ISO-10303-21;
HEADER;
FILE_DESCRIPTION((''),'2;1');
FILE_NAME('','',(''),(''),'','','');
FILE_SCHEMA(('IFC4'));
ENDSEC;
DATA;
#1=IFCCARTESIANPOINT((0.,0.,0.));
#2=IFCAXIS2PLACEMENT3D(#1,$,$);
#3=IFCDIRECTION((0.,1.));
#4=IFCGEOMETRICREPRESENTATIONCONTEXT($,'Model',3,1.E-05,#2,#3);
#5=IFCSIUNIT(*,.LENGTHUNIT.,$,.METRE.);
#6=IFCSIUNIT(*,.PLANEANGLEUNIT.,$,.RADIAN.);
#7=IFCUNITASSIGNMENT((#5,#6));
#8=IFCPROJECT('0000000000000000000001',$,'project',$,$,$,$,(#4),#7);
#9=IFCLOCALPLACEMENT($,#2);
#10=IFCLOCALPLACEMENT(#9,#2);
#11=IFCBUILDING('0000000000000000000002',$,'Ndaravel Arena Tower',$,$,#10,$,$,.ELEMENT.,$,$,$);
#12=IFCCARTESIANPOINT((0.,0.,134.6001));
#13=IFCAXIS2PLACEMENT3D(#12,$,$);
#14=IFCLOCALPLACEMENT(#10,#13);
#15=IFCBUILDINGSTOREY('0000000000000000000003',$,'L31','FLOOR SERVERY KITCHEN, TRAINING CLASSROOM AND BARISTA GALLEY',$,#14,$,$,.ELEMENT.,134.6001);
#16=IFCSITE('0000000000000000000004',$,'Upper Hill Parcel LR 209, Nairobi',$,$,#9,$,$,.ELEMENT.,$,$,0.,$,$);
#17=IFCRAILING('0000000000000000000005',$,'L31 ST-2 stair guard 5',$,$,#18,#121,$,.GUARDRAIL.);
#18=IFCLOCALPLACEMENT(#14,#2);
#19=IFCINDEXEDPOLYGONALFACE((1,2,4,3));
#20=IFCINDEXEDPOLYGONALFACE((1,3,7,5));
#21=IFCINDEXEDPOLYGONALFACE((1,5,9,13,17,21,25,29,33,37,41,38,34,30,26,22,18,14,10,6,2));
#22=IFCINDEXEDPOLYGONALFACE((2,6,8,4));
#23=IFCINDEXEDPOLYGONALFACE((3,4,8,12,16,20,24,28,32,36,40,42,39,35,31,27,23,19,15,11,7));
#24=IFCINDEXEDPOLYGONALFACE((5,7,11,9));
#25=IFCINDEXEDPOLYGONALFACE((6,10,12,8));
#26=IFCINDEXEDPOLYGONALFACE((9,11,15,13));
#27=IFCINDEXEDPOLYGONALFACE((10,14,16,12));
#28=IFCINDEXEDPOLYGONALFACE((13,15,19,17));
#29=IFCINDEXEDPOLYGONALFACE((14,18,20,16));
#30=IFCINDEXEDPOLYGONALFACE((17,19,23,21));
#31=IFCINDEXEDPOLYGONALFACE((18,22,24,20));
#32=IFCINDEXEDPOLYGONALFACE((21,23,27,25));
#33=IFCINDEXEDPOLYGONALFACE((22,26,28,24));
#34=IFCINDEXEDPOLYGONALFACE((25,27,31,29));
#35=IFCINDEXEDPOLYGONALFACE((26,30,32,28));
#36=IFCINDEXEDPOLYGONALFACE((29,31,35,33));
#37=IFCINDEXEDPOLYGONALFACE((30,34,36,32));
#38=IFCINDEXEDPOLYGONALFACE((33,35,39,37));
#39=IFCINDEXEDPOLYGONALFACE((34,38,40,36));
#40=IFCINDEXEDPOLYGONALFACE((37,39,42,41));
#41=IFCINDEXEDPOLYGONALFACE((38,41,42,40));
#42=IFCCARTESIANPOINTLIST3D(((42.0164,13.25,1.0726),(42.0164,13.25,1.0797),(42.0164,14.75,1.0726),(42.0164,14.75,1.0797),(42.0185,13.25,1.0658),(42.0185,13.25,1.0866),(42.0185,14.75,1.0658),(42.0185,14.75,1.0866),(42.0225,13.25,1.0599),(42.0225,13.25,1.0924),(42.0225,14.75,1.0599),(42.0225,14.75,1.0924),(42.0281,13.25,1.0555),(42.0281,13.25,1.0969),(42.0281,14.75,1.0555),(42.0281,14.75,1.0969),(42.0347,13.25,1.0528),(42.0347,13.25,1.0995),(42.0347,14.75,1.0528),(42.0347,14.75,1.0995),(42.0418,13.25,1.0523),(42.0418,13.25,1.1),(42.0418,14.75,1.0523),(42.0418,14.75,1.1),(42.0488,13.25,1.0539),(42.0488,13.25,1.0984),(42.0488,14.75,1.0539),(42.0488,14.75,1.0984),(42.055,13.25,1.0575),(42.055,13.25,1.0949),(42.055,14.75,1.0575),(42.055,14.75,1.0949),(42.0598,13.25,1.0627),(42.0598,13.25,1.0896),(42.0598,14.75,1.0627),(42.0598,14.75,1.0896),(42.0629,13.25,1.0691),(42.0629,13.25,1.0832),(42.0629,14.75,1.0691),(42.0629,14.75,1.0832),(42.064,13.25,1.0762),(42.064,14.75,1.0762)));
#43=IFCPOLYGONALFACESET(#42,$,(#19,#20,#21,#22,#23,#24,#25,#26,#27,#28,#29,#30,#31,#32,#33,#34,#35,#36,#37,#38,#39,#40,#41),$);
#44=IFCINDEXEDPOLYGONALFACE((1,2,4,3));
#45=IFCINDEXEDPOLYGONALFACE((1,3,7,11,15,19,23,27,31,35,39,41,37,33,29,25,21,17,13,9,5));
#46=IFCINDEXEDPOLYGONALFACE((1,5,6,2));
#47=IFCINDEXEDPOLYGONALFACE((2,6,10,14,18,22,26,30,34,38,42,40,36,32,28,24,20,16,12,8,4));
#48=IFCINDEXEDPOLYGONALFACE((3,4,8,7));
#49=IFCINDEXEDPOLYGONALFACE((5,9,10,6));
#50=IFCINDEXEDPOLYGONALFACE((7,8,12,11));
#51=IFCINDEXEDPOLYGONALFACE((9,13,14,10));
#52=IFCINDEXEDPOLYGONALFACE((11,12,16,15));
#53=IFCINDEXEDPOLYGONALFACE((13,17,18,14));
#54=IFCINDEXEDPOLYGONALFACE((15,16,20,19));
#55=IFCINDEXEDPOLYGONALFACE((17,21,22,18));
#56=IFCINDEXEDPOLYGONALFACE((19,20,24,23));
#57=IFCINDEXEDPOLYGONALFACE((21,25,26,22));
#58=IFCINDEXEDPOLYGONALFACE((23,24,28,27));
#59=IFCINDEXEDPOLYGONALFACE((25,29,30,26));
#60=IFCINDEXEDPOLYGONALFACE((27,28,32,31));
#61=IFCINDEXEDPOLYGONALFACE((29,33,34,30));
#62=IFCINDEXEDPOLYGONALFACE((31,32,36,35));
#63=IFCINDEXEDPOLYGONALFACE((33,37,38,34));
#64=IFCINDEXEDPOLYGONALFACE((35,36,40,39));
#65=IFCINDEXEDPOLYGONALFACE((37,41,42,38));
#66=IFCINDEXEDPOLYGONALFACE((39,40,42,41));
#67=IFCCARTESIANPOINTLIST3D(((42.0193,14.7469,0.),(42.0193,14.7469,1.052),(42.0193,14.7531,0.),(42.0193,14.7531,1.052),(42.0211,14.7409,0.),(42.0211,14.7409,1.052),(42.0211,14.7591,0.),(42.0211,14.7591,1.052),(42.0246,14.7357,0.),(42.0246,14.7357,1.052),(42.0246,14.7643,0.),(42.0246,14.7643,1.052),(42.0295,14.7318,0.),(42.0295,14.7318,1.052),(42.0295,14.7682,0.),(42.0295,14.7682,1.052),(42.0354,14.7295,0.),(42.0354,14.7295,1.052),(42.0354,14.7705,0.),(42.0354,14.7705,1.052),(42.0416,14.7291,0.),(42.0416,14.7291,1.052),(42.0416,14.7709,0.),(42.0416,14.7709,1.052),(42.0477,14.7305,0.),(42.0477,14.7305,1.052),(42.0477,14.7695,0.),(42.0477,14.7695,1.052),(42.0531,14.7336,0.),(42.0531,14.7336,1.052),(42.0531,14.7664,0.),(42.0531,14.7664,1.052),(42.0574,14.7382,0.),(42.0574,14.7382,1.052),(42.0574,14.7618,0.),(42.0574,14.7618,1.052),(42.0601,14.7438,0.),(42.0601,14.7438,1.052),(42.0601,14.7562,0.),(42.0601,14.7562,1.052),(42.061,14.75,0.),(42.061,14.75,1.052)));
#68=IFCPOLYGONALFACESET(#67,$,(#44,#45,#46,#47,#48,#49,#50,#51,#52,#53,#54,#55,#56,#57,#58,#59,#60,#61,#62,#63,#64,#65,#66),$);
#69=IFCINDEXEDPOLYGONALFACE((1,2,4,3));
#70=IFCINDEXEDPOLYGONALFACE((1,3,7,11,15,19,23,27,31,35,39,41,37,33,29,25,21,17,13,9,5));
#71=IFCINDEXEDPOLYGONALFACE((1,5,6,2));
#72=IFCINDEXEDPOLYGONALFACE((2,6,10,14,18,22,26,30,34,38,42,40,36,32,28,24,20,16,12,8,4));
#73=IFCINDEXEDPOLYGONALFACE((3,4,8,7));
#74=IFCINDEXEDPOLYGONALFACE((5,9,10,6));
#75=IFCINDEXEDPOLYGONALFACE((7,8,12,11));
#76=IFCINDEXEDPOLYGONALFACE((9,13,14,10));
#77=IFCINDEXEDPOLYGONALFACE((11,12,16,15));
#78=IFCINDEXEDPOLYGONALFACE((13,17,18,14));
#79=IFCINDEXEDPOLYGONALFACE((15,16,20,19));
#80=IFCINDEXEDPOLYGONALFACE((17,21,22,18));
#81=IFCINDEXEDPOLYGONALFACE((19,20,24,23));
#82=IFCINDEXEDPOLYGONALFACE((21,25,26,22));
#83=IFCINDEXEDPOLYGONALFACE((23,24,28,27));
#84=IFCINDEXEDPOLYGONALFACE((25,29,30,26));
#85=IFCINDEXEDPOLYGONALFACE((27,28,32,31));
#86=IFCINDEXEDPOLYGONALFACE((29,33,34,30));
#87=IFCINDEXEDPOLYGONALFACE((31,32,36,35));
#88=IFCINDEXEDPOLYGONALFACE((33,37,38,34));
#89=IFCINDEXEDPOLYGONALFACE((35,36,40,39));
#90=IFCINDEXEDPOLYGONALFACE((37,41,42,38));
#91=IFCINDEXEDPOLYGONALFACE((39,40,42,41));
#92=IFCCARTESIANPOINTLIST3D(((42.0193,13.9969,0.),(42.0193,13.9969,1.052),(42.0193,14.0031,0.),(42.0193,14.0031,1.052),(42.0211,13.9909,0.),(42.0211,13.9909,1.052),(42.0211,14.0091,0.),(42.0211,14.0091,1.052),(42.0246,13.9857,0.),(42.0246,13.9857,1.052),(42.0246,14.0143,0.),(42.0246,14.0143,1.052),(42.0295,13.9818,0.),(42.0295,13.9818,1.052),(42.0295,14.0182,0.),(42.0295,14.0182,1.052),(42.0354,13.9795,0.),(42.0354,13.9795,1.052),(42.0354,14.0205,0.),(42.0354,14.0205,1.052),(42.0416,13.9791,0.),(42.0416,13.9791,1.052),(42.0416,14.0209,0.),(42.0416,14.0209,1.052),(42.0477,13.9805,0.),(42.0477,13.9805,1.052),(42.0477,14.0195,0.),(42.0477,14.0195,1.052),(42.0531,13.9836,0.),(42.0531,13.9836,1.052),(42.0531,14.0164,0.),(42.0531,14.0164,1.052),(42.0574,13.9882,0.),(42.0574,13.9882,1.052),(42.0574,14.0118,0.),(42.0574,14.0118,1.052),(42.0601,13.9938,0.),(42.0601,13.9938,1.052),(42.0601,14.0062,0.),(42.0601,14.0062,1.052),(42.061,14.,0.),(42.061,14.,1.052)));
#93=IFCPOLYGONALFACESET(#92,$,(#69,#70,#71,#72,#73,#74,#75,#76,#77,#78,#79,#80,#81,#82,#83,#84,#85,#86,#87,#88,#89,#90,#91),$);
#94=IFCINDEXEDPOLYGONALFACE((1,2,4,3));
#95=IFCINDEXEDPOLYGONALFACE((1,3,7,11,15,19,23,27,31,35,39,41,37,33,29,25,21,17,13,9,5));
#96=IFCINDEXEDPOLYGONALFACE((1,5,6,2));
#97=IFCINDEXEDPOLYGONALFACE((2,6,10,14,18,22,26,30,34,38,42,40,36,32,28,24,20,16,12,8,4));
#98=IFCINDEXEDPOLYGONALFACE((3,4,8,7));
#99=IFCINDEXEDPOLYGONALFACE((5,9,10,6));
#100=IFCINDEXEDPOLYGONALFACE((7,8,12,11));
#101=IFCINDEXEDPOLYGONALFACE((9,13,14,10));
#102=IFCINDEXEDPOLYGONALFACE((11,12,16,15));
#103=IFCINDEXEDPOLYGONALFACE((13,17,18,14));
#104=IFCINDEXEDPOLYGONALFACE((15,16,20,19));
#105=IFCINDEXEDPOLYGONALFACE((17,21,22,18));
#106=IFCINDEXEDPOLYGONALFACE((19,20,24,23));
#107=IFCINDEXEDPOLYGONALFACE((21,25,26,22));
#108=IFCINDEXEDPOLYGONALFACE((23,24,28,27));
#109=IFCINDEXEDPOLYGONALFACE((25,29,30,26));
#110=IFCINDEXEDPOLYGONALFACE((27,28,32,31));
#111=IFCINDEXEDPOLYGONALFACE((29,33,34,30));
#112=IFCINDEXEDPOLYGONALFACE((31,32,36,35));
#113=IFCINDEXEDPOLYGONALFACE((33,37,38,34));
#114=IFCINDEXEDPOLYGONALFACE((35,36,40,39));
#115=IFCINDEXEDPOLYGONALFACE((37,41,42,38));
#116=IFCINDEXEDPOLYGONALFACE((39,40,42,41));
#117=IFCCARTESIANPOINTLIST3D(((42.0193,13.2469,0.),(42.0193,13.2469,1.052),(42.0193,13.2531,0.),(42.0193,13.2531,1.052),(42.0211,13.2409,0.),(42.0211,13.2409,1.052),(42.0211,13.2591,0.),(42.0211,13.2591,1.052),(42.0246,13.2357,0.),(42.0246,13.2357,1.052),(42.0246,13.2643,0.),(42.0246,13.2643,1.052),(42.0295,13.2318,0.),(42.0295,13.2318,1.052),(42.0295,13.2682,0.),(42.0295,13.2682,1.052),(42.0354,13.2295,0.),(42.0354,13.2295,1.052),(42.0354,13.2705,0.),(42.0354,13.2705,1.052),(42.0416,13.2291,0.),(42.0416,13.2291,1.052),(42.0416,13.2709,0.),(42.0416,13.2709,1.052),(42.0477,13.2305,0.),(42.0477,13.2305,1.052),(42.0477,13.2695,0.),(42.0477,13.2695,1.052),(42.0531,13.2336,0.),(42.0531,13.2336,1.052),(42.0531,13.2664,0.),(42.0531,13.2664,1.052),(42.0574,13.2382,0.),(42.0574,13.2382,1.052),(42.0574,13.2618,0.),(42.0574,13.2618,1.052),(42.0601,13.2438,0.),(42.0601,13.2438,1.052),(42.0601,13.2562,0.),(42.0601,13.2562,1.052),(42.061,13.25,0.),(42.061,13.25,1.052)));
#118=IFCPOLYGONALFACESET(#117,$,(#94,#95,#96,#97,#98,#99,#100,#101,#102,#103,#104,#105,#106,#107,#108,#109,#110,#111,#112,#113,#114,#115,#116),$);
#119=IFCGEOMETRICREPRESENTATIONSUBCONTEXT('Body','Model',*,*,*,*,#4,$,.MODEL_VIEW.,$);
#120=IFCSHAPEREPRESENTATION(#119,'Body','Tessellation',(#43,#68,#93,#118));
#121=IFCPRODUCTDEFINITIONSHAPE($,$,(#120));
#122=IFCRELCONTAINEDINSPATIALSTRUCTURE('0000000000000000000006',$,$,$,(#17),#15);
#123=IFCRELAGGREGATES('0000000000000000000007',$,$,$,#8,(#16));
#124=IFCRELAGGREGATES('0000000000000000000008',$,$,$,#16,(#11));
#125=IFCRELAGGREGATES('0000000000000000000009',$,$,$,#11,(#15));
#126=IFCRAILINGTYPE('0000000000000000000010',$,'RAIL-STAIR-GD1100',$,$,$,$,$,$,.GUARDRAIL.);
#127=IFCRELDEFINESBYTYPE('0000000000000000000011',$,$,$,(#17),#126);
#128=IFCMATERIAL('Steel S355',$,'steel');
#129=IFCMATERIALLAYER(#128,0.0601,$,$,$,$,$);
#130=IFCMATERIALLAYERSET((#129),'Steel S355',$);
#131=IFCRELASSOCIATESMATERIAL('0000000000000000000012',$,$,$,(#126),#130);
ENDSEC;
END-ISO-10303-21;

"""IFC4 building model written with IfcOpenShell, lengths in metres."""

from ifc_helpers import new_model, si_unit, direction, frame, origin, origin_2d, place, context, subcontext, project, spatial, circle, extrude, material, layer, layer_set, type_object, element, save


model = new_model("IFC4")

# Units and contexts
model_context = context("Model", 3, precision=1e-05, world=origin(), true_north=direction((0.0, 1.0)))
body_context = subcontext(model_context, "Body", "Model", "MODEL_VIEW")
ifc_project = project(units=[si_unit("LENGTHUNIT", "METRE"), si_unit("PLANEANGLEUNIT", "RADIAN")], contexts=[model_context])

# Site, building, storey
site_placement = place(None, origin())
site = spatial("IfcSite", under=ifc_project, at=site_placement, Name="Upper Hill Parcel LR 209, Nairobi", CompositionType="ELEMENT", RefElevation=0.0)
building_placement = place(site_placement, origin())
building = spatial("IfcBuilding", under=site, at=building_placement, Name="Ndaravel Arena Tower", CompositionType="ELEMENT")
storey_placement = place(building_placement, frame((0.0, 0.0, 134.6001)))
storey = spatial("IfcBuildingStorey", under=building, at=storey_placement, Name="L31", Description="FLOOR SERVERY KITCHEN, TRAINING CLASSROOM AND BARISTA GALLEY", CompositionType="ELEMENT", Elevation=134.6001)

# Railing
ifc_material_1 = material(Name="Steel S355", Category="steel")
ifc_layer_1 = layer(ifc_material_1, 0.0601)
ifc_layer_set_1 = layer_set([ifc_layer_1], Name="Steel S355")
railing_type = type_object("IfcRailingType", Name="RAIL-STAIR-GD1100", PredefinedType="GUARDRAIL", material=ifc_layer_set_1)
railing_placement = place(storey_placement, frame((42.04, 14.75, 0.0)))
element("IfcRailing", 1, at=railing_placement, inside=storey, type_object=railing_type, Name="L31 ST-2 stair guard 5", PredefinedType="GUARDRAIL", context=body_context, shape_type="SweptSolid", body=[
    extrude(circle(Radius=0.0239, at=origin_2d()), frame((0.0, 0.0, 1.0762), z_axis=(0.0, -1.0, 0.0), x_axis=(1.0, 0.0, 0.0)), (0.0, 0.0, 1.0), 1.5),
    extrude(circle(Radius=0.021, at=origin_2d()), origin(), (0.0, 0.0, 1.0), 1.052),
    extrude(circle(Radius=0.021, at=origin_2d()), frame((0.0, -0.75, 0.0)), (0.0, 0.0, 1.0), 1.052),
    extrude(circle(Radius=0.021, at=origin_2d()), frame((0.0, -1.5, 0.0)), (0.0, 0.0, 1.0), 1.052),
])

save(model, "model.ifc")
